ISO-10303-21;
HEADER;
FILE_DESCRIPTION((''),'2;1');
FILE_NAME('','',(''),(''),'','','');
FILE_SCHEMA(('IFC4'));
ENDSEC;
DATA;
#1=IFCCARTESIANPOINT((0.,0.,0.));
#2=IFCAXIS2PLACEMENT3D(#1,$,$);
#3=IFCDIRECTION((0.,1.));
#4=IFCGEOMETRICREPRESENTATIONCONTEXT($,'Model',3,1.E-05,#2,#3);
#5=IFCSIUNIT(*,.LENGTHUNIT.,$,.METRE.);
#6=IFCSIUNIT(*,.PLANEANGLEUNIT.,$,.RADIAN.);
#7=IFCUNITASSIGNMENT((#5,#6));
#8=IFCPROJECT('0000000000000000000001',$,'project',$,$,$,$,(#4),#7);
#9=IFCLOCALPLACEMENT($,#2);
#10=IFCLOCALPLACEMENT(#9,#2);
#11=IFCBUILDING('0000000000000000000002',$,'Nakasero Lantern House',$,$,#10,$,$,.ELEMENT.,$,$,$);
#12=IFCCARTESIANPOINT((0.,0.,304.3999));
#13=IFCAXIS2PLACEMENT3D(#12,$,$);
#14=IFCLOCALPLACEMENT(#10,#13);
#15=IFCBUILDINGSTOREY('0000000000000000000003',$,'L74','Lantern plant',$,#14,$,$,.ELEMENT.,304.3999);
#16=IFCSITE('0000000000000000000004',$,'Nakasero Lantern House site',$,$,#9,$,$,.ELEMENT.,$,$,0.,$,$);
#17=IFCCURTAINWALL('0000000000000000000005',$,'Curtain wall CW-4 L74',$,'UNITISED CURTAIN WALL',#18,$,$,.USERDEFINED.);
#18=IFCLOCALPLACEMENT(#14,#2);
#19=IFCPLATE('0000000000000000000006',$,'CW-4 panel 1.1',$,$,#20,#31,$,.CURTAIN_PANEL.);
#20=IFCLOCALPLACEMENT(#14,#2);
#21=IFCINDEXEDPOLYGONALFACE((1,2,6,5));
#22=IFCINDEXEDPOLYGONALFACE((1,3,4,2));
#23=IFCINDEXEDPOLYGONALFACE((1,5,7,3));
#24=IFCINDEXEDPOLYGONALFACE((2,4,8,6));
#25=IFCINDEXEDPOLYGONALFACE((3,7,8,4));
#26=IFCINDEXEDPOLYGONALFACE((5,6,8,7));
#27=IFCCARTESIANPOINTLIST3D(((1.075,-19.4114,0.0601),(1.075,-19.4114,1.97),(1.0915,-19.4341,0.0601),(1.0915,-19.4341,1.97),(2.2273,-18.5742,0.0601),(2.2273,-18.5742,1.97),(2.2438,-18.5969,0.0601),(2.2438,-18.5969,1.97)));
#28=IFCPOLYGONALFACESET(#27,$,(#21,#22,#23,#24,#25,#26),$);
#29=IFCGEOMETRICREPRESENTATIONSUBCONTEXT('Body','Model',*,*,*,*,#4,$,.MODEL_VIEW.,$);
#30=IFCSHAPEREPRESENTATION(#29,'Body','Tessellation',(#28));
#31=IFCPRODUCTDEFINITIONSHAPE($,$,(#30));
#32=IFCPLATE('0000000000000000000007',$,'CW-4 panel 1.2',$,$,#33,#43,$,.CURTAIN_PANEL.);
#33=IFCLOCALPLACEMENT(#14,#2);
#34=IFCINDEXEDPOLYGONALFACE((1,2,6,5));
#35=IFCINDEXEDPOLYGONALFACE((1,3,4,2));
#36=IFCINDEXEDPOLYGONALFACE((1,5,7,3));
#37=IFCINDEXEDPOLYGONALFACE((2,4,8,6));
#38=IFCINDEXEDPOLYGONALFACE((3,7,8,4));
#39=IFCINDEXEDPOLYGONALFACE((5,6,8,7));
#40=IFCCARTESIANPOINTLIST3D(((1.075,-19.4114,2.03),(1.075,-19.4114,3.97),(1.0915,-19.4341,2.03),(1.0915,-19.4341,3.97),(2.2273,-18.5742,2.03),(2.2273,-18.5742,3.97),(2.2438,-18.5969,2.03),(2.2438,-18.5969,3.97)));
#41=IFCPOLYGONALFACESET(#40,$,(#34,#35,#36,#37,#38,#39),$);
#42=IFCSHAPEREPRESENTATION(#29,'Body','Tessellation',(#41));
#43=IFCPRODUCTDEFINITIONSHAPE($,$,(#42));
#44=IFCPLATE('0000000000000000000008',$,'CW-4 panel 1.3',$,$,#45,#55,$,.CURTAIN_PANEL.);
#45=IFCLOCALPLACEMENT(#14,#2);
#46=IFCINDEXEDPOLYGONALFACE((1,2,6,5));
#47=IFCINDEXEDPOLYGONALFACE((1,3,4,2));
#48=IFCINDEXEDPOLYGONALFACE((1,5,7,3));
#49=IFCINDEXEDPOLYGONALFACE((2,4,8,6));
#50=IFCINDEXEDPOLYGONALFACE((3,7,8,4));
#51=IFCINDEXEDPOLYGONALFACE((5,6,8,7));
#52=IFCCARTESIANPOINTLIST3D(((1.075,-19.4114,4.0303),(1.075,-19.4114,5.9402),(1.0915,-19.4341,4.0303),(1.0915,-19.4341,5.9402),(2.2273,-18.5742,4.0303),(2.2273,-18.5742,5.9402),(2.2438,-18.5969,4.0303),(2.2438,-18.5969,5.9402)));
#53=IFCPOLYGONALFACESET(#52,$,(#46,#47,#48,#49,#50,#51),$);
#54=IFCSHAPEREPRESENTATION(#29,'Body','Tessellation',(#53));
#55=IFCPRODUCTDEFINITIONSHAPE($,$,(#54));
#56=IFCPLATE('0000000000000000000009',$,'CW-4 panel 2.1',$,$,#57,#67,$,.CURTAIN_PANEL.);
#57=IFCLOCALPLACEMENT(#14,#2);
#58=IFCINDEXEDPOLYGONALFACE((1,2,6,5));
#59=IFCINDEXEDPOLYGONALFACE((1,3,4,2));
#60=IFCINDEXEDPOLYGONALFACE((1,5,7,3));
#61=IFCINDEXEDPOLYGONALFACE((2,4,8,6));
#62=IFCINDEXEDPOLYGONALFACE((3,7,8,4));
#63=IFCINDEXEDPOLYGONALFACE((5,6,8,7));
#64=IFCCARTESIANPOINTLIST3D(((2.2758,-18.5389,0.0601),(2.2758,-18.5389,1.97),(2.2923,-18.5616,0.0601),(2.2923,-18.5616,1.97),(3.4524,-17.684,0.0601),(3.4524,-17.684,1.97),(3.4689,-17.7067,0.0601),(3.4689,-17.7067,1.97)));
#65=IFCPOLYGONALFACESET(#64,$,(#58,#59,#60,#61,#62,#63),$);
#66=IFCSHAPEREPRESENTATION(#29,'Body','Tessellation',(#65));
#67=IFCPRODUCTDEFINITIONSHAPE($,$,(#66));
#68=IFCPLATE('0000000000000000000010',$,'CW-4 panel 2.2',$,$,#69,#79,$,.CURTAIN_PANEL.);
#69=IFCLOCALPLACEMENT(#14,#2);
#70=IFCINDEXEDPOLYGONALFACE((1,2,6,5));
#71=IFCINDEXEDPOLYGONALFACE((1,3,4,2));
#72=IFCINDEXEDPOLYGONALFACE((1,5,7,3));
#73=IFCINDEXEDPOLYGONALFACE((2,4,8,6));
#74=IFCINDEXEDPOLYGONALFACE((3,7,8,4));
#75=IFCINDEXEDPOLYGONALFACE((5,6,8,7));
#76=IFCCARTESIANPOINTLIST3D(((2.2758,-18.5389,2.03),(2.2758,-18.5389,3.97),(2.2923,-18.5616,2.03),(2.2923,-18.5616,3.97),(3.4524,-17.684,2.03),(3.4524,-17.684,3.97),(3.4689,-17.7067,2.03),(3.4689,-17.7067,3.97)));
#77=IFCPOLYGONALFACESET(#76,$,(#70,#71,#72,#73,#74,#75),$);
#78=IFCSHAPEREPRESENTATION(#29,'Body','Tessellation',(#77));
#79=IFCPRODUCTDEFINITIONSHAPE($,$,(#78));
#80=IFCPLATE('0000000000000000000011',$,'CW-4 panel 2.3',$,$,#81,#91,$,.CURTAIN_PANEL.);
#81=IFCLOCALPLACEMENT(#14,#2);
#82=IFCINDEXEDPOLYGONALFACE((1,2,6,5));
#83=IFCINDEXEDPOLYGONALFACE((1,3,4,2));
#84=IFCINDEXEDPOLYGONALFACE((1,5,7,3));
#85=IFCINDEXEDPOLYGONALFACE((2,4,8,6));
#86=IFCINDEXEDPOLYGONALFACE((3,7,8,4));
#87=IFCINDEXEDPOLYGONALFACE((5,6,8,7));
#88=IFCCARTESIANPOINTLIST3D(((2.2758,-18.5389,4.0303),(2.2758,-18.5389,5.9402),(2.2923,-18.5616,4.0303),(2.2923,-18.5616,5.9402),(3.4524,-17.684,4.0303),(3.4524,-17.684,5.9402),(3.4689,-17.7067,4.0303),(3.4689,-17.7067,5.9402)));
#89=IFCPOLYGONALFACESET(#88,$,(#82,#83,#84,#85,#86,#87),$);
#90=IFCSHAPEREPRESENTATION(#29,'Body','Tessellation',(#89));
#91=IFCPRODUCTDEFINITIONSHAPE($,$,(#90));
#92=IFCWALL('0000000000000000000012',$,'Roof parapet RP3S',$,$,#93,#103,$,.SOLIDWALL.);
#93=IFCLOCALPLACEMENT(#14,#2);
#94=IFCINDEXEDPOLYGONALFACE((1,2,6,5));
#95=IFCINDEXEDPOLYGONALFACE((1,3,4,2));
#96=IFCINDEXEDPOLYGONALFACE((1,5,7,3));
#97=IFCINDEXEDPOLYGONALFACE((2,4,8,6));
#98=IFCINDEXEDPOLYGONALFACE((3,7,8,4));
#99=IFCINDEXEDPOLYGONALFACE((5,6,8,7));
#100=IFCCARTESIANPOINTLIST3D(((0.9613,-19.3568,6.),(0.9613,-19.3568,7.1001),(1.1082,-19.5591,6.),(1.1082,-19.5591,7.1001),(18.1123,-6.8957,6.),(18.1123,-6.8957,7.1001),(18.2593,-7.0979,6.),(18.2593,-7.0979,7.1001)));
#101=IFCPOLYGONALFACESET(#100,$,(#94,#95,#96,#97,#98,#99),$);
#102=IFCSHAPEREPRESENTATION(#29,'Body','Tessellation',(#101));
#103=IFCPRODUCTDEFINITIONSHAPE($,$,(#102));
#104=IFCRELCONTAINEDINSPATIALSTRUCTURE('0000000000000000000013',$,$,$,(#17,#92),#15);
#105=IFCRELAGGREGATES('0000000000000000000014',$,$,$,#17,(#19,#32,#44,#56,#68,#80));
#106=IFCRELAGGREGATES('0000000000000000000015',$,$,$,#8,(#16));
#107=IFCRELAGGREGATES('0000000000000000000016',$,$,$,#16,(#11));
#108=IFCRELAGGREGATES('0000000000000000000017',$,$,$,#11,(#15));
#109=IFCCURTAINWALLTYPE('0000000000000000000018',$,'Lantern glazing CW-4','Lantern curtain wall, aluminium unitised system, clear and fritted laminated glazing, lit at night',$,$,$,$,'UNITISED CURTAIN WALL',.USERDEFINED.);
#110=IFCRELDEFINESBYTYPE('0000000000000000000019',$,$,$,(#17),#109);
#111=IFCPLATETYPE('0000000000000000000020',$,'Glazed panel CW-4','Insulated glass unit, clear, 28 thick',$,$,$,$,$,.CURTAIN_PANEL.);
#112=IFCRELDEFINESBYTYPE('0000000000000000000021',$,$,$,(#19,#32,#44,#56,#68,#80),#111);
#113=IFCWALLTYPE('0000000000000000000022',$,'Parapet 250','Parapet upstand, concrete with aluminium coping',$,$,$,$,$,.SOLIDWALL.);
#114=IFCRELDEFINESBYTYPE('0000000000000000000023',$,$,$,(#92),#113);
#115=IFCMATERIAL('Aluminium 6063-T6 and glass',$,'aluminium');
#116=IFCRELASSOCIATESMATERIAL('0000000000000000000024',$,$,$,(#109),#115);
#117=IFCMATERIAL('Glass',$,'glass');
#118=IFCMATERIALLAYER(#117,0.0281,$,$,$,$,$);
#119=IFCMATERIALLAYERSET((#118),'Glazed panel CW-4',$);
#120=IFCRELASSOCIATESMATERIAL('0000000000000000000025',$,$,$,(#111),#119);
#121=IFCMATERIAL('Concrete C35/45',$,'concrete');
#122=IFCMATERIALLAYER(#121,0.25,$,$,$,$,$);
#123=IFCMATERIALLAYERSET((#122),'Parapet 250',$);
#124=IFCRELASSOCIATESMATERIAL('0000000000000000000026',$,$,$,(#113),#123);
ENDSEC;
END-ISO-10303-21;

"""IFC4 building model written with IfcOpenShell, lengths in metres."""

from ifc_helpers import new_model, si_unit, direction, frame, frame_2d, origin, origin_2d, place, context, subcontext, project, spatial, rectangle, extrude, material, layer, layer_set, type_object, element, aggregate, save


model = new_model("IFC4")

# Units and contexts
model_context = context("Model", 3, precision=1e-05, world=origin(), true_north=direction((0.0, 1.0)))
body_context = subcontext(model_context, "Body", "Model", "MODEL_VIEW")
ifc_project = project(units=[si_unit("LENGTHUNIT", "METRE"), si_unit("PLANEANGLEUNIT", "RADIAN")], contexts=[model_context])

# Site, building, storey
site_placement = place(None, origin())
site = spatial("IfcSite", under=ifc_project, at=site_placement, Name="Nakasero Lantern House site", CompositionType="ELEMENT", RefElevation=0.0)
building_placement = place(site_placement, origin())
building = spatial("IfcBuilding", under=site, at=building_placement, Name="Nakasero Lantern House", CompositionType="ELEMENT")
storey_placement = place(building_placement, frame((0.0, 0.0, 304.3999)))
storey = spatial("IfcBuildingStorey", under=building, at=storey_placement, Name="L74", Description="Lantern plant", CompositionType="ELEMENT", Elevation=304.3999)

# Shared definitions
ifc_material_1 = material(Name="Aluminium 6063-T6 and glass", Category="aluminium")
curtain_wall_type = type_object("IfcCurtainWallType", Name="Lantern glazing CW-4", Description="Lantern curtain wall, aluminium unitised system, clear and fritted laminated glazing, lit at night", ElementType="UNITISED CURTAIN WALL", PredefinedType="USERDEFINED", material=ifc_material_1)

# Curtain wall
curtain_wall_1_placement = place(storey_placement, origin())
curtain_wall_1 = element("IfcCurtainWall", 1, at=curtain_wall_1_placement, inside=storey, type_object=curtain_wall_type, Name="Curtain wall CW-4 L74", ObjectType="UNITISED CURTAIN WALL", PredefinedType="USERDEFINED")

# Plates
ifc_material_2 = material(Name="Glass", Category="glass")
ifc_layer_1 = layer(ifc_material_2, 0.0281)
ifc_layer_set_1 = layer_set([ifc_layer_1], Name="Glazed panel CW-4")
plate_type = type_object("IfcPlateType", Name="Glazed panel CW-4", Description="Insulated glass unit, clear, 28 thick", PredefinedType="CURTAIN_PANEL", material=ifc_layer_set_1)
plate_1_placement = place(storey_placement, frame((1.6594, -19.0042, 0.0601), z_axis=(0.0, 0.0, 1.0), x_axis=(0.809017, 0.587785, 0.0)))
plate_1 = element("IfcPlate", 2, at=plate_1_placement, type_object=plate_type, Name="CW-4 panel 1.1", PredefinedType="CURTAIN_PANEL", context=body_context, shape_type="SweptSolid", body=[
    extrude(rectangle(XDim=1.4243, YDim=0.0281, at=origin_2d()), origin(), (0.0, 0.0, 1.0), 1.9099),
])
plate_2_placement = place(storey_placement, frame((1.6594, -19.0042, 2.03), z_axis=(0.0, 0.0, 1.0), x_axis=(0.809017, 0.587785, 0.0)))
plate_2 = element("IfcPlate", 3, at=plate_2_placement, type_object=plate_type, Name="CW-4 panel 1.2", PredefinedType="CURTAIN_PANEL", context=body_context, shape_type="SweptSolid", body=[
    extrude(rectangle(XDim=1.4243, YDim=0.0281, at=origin_2d()), origin(), (0.0, 0.0, 1.0), 1.9399),
])
plate_3_placement = place(storey_placement, frame((1.6594, -19.0042, 4.0303), z_axis=(0.0, 0.0, 1.0), x_axis=(0.809017, 0.587785, 0.0)))
plate_3 = element("IfcPlate", 4, at=plate_3_placement, type_object=plate_type, Name="CW-4 panel 1.3", PredefinedType="CURTAIN_PANEL", context=body_context, shape_type="SweptSolid", body=[
    extrude(rectangle(XDim=1.4243, YDim=0.0281, at=origin_2d()), origin(), (0.0, 0.0, 1.0), 1.9099),
])
plate_4_placement = place(storey_placement, frame((2.8723, -18.1228, 0.0601), z_axis=(0.0, 0.0, 1.0), x_axis=(0.809017, 0.587785, 0.0)))
plate_4 = element("IfcPlate", 5, at=plate_4_placement, type_object=plate_type, Name="CW-4 panel 2.1", PredefinedType="CURTAIN_PANEL", context=body_context, shape_type="SweptSolid", body=[
    extrude(rectangle(XDim=1.4543, YDim=0.0281, at=origin_2d()), origin(), (0.0, 0.0, 1.0), 1.9099),
])
plate_5_placement = place(storey_placement, frame((2.8723, -18.1228, 2.03), z_axis=(0.0, 0.0, 1.0), x_axis=(0.809017, 0.587785, 0.0)))
plate_5 = element("IfcPlate", 6, at=plate_5_placement, type_object=plate_type, Name="CW-4 panel 2.2", PredefinedType="CURTAIN_PANEL", context=body_context, shape_type="SweptSolid", body=[
    extrude(rectangle(XDim=1.4543, YDim=0.0281, at=origin_2d()), origin(), (0.0, 0.0, 1.0), 1.9399),
])
plate_6_placement = place(storey_placement, frame((2.8723, -18.1228, 4.0303), z_axis=(0.0, 0.0, 1.0), x_axis=(0.809017, 0.587785, 0.0)))
plate_6 = element("IfcPlate", 7, at=plate_6_placement, type_object=plate_type, Name="CW-4 panel 2.3", PredefinedType="CURTAIN_PANEL", context=body_context, shape_type="SweptSolid", body=[
    extrude(rectangle(XDim=1.4543, YDim=0.0281, at=origin_2d()), origin(), (0.0, 0.0, 1.0), 1.9099),
])
aggregate(curtain_wall_1, [plate_1, plate_2, plate_3, plate_4, plate_5, plate_6])

# Wall
ifc_material_3 = material(Name="Concrete C35/45", Category="concrete")
ifc_layer_2 = layer(ifc_material_3, 0.25)
ifc_layer_set_2 = layer_set([ifc_layer_2], Name="Parapet 250")
wall_type = type_object("IfcWallType", Name="Parapet 250", Description="Parapet upstand, concrete with aluminium coping", PredefinedType="SOLIDWALL", material=ifc_layer_set_2)
wall_placement = place(storey_placement, frame((1.0347, -19.458, 6.0), z_axis=(0.0, 0.0, 1.0), x_axis=(0.809013, 0.58779, 0.0)))
element("IfcWall", 8, at=wall_placement, inside=storey, type_object=wall_type, Name="Roof parapet RP3S", PredefinedType="SOLIDWALL", context=body_context, shape_type="SweptSolid", body=[
    extrude(rectangle(XDim=21.2, YDim=0.25, at=frame_2d((10.6001, 0.0))), origin(), (0.0, 0.0, 1.0), 1.1001),
])

save(model, "model.ifc")
